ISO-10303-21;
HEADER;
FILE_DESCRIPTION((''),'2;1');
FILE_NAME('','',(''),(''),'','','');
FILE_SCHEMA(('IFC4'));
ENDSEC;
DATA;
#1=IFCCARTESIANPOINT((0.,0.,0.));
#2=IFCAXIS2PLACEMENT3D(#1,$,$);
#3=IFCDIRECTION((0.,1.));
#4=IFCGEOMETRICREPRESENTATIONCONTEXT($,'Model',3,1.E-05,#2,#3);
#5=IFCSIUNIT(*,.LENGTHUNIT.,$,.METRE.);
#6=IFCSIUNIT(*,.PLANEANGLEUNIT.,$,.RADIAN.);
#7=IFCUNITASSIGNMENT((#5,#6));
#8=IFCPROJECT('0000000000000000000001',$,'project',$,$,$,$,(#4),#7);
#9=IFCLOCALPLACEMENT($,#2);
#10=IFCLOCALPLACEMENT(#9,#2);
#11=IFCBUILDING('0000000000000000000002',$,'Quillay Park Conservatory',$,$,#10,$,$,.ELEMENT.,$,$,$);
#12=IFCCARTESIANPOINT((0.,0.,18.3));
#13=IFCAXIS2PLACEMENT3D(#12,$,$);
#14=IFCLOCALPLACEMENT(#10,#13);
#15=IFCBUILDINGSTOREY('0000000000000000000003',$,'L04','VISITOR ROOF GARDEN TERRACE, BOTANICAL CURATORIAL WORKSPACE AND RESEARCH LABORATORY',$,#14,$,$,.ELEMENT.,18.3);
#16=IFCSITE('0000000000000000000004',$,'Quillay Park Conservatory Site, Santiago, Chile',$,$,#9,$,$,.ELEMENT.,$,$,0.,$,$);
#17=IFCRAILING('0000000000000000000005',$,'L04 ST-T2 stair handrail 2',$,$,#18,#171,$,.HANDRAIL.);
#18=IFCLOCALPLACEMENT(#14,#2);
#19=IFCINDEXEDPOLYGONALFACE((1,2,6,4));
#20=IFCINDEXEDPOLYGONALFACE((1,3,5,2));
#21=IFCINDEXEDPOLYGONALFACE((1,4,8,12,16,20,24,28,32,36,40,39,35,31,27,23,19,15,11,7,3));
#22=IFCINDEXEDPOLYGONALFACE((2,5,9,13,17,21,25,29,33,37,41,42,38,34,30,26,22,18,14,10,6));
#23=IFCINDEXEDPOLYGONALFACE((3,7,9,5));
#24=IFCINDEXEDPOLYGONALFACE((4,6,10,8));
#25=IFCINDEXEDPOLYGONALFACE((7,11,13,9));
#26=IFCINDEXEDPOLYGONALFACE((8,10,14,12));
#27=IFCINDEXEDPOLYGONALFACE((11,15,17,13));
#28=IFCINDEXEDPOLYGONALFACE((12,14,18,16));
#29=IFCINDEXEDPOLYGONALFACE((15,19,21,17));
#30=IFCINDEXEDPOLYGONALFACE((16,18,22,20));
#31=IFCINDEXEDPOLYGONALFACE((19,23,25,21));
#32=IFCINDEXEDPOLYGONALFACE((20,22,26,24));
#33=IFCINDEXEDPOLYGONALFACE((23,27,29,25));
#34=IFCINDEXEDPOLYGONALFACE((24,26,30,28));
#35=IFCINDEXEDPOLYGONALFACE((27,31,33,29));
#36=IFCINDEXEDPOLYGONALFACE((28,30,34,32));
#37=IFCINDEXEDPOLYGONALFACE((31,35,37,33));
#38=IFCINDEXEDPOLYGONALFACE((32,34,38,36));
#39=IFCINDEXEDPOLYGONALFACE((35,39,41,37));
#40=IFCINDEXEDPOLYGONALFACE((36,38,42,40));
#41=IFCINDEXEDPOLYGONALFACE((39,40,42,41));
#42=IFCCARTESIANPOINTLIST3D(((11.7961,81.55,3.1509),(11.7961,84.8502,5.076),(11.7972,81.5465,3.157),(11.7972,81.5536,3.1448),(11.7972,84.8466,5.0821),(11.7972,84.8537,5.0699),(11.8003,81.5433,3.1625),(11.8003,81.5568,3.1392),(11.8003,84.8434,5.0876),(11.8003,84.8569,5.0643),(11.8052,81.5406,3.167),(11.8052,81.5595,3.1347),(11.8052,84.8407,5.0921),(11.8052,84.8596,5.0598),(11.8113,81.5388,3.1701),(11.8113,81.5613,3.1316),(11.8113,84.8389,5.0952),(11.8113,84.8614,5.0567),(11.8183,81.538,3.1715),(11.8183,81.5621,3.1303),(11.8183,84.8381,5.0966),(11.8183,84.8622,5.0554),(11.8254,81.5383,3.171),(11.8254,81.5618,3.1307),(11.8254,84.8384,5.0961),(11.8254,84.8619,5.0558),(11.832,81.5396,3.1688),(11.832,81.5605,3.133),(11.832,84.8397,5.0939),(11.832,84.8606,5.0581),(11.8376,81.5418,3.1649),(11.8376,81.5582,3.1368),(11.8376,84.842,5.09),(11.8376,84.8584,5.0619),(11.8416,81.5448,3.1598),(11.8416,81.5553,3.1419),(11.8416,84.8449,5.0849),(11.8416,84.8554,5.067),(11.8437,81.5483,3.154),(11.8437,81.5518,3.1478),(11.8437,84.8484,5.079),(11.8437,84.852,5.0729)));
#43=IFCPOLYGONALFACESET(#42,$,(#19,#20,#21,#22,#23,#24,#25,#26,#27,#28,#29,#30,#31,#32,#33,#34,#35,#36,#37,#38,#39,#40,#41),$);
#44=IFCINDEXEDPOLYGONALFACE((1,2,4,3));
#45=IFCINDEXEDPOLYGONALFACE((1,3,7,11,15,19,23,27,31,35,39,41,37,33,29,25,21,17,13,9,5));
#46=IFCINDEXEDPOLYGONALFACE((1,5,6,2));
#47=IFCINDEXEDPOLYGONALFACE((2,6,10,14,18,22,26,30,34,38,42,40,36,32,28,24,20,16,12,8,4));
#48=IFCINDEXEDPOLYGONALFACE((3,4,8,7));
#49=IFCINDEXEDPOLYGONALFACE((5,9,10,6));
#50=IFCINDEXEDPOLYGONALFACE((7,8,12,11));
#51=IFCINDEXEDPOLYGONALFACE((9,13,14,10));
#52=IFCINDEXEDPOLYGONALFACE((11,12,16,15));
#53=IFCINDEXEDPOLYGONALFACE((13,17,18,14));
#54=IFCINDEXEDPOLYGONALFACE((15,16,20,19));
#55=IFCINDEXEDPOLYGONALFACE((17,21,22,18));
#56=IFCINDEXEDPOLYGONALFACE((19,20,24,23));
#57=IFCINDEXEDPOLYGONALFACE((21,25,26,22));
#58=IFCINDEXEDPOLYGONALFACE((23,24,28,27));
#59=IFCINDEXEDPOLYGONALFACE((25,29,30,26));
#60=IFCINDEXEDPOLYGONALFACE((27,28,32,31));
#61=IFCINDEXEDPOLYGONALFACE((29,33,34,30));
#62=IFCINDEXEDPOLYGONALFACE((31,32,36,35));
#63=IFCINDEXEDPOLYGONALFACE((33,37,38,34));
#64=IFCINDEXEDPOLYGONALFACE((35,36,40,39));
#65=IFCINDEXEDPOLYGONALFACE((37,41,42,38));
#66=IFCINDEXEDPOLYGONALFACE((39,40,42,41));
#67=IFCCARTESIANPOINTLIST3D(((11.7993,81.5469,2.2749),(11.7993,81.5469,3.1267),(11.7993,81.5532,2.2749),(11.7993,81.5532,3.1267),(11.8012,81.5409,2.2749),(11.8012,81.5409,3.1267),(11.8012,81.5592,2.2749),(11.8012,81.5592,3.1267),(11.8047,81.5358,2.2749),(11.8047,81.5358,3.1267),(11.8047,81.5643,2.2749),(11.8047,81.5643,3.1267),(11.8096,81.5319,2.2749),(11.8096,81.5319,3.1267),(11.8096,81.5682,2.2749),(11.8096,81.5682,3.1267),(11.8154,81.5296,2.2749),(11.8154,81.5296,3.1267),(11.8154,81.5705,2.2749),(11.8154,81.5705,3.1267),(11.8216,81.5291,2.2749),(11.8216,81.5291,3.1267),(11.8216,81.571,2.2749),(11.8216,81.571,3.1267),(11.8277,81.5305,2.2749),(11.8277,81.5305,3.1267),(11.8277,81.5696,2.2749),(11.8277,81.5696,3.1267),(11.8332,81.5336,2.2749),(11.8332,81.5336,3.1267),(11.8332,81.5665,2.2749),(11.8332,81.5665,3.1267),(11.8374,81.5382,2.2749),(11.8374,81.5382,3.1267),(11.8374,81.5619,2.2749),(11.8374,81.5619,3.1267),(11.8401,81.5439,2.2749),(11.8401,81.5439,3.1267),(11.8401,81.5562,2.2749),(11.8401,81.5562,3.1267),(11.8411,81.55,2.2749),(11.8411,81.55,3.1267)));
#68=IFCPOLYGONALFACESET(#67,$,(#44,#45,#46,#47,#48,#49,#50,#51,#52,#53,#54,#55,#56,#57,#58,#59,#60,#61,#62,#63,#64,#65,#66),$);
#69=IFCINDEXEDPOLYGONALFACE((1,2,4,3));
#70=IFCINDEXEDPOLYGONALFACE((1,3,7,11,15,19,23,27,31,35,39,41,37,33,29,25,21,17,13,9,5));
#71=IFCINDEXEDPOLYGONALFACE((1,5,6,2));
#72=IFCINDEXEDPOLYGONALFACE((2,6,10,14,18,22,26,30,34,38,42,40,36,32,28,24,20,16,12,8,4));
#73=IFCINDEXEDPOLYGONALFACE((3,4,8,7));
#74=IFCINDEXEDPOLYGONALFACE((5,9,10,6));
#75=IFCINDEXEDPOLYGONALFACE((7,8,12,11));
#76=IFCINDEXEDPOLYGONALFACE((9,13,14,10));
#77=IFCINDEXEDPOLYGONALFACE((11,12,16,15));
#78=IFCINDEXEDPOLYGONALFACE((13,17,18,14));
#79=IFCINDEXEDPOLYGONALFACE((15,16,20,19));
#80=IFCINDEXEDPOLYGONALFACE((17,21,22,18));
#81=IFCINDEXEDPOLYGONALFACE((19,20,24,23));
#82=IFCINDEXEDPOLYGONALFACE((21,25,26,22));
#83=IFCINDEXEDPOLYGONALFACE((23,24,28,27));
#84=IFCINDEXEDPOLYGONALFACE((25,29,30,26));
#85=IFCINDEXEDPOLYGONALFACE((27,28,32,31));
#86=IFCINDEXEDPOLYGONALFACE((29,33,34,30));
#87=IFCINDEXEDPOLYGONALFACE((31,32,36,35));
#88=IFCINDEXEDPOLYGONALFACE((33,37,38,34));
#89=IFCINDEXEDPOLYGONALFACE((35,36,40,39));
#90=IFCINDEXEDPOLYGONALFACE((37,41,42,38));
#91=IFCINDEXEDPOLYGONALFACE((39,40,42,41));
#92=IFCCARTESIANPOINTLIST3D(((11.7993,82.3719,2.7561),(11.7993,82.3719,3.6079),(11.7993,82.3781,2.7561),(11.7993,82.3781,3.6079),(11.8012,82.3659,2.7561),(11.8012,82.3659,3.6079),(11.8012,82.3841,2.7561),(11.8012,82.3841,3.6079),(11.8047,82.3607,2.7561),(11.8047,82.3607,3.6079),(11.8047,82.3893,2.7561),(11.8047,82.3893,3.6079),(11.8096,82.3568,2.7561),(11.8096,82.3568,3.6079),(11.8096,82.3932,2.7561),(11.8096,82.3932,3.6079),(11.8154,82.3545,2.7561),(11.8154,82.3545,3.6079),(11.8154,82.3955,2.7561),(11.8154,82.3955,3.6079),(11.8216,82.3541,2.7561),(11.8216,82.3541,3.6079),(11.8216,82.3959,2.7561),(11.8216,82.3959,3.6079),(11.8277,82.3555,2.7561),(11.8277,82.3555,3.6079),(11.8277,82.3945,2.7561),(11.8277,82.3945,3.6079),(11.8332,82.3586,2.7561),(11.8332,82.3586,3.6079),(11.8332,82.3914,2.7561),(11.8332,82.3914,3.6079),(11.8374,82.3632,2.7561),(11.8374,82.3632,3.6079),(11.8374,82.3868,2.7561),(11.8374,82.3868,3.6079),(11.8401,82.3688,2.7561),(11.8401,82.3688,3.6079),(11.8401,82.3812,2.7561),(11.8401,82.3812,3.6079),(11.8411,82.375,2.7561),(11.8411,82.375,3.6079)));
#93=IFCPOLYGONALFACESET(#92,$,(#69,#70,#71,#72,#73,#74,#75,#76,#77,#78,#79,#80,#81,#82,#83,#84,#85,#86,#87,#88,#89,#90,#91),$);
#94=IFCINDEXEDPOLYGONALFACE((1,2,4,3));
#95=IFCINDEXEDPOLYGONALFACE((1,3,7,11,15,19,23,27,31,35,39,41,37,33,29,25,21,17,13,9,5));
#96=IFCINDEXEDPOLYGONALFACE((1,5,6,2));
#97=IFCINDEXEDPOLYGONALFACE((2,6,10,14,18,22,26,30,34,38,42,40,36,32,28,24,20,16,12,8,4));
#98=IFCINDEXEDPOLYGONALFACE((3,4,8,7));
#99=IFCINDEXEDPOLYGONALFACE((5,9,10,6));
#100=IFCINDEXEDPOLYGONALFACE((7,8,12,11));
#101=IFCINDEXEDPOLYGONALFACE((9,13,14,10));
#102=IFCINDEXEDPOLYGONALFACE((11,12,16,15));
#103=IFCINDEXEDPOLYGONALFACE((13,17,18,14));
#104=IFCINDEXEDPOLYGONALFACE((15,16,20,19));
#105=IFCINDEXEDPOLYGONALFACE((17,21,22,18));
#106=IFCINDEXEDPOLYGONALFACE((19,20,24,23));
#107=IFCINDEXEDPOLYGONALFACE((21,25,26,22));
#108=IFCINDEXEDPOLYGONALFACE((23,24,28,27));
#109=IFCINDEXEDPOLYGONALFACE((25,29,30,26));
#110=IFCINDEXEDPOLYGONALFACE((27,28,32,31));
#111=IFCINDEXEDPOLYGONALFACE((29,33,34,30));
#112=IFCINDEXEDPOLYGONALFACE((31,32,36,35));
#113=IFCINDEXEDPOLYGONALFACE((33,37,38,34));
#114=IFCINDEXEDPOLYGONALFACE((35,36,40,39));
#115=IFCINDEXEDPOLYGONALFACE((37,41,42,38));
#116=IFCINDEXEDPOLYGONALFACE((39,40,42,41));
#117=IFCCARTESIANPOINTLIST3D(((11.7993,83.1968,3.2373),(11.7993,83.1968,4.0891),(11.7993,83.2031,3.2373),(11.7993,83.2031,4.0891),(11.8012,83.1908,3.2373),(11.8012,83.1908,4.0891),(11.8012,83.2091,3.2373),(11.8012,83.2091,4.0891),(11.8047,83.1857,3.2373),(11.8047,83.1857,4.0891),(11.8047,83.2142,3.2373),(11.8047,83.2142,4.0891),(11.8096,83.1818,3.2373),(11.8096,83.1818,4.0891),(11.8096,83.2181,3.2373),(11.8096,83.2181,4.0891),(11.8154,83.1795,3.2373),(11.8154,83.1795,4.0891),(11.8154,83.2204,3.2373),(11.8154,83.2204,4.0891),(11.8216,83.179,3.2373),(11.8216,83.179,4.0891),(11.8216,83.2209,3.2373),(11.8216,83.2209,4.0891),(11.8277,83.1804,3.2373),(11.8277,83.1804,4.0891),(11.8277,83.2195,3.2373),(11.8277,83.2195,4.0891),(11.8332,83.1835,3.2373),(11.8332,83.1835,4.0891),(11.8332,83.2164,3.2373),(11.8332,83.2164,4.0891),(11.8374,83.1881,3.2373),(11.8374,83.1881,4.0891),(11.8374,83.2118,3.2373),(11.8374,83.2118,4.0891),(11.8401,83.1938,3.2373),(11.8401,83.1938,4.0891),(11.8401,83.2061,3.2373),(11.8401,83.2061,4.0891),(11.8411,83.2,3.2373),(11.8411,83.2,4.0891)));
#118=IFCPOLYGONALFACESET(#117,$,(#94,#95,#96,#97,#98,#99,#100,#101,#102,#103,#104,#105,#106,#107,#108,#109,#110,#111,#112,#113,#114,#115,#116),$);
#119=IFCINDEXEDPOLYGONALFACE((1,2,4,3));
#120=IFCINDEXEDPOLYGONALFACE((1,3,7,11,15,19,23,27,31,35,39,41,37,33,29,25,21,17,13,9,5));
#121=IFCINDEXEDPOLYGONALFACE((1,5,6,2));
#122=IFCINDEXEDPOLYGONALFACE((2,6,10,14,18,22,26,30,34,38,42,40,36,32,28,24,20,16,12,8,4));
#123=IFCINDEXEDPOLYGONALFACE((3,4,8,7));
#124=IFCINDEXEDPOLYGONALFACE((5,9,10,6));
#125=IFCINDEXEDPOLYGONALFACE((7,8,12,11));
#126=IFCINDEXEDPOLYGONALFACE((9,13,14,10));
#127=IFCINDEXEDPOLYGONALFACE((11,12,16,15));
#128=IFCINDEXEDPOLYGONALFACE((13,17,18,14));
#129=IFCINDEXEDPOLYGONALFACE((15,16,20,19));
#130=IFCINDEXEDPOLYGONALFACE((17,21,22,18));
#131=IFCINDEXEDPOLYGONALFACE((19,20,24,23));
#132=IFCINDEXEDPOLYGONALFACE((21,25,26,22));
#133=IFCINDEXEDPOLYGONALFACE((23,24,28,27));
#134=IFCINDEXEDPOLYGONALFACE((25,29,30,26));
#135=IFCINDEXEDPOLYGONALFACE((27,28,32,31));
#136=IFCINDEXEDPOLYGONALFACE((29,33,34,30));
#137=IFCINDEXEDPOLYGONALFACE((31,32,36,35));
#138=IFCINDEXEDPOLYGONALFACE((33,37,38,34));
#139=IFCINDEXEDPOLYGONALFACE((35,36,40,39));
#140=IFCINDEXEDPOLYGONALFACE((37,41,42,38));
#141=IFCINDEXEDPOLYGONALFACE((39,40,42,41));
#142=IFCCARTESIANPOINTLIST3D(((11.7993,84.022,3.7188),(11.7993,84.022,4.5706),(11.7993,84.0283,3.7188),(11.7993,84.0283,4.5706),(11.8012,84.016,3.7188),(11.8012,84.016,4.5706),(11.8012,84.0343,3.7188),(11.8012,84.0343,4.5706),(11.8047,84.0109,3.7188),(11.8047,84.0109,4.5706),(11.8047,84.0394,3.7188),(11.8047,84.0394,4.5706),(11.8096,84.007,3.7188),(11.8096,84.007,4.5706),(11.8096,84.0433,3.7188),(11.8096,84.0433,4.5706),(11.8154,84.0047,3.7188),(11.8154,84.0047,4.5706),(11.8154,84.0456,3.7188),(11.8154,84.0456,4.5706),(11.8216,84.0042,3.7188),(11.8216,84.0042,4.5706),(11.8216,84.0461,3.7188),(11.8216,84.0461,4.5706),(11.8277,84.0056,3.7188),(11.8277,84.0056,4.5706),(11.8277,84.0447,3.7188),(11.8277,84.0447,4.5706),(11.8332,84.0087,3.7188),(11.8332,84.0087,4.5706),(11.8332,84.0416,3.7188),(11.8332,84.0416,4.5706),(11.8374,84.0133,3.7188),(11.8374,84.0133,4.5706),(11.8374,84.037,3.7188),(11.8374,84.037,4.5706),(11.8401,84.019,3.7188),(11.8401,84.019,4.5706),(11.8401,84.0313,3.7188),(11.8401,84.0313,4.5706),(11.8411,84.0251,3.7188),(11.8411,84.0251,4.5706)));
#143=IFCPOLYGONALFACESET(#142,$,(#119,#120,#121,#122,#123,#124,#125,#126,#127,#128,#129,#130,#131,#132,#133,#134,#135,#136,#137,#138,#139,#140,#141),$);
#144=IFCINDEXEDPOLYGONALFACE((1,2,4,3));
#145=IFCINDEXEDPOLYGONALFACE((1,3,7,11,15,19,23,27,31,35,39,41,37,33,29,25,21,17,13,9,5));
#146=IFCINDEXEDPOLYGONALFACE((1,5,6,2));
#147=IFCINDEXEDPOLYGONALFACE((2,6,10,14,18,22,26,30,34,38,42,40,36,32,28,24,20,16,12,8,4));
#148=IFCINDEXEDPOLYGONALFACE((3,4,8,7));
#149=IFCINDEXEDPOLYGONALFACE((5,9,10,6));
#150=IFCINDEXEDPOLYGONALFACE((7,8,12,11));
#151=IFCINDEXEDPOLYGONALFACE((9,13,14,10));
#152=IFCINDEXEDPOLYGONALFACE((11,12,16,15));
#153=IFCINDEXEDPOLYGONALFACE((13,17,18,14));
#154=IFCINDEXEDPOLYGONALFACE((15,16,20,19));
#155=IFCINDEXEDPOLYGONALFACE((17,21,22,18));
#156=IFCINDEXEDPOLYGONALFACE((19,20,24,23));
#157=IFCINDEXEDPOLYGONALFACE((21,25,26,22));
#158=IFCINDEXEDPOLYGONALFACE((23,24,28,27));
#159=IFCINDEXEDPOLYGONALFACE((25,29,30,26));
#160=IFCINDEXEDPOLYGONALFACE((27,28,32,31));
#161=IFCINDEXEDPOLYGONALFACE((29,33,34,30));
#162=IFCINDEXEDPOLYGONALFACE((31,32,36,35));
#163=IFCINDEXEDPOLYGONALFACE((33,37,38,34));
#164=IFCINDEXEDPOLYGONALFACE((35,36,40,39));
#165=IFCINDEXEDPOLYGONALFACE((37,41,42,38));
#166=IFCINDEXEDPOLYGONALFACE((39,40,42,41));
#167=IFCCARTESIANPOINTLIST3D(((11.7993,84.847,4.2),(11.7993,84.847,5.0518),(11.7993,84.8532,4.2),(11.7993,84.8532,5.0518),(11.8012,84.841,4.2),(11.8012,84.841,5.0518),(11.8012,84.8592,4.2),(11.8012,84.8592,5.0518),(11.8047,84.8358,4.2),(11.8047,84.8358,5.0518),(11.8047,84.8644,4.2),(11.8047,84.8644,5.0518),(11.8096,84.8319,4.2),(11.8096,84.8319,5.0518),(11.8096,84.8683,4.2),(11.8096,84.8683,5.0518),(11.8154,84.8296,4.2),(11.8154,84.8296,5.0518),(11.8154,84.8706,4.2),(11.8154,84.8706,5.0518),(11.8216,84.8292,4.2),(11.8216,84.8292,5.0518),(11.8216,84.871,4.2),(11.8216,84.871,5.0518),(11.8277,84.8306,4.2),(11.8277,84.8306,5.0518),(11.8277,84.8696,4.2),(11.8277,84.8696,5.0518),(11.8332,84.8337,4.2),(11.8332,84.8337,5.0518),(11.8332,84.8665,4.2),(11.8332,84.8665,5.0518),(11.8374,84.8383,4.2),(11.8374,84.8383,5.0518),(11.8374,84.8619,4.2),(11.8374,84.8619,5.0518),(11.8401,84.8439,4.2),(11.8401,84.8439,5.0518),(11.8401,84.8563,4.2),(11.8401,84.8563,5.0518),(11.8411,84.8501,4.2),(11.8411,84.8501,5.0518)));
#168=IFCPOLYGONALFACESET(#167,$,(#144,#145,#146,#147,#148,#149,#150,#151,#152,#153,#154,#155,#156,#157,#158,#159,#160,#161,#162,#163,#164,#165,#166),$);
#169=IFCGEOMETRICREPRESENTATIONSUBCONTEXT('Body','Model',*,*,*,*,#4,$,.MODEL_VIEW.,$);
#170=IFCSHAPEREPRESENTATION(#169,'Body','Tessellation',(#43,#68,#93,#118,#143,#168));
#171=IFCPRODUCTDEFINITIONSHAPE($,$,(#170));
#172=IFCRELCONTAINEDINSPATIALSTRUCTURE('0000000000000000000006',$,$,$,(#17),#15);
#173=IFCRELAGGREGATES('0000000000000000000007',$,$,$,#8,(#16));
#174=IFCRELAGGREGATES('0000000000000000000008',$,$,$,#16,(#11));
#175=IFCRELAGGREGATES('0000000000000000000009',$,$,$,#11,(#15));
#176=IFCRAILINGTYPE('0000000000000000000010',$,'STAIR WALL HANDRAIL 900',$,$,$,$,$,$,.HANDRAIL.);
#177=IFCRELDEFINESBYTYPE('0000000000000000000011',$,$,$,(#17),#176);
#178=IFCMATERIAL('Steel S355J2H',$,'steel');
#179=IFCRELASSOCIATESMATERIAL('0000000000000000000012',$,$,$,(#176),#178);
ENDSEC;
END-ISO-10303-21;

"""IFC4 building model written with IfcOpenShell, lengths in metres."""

from ifc_helpers import new_model, si_unit, direction, frame, origin, origin_2d, place, context, subcontext, project, spatial, circle, extrude, material, type_object, element, save


model = new_model("IFC4")

# Units and contexts
model_context = context("Model", 3, precision=1e-05, world=origin(), true_north=direction((0.0, 1.0)))
body_context = subcontext(model_context, "Body", "Model", "MODEL_VIEW")
ifc_project = project(units=[si_unit("LENGTHUNIT", "METRE"), si_unit("PLANEANGLEUNIT", "RADIAN")], contexts=[model_context])

# Site, building, storey
site_placement = place(None, origin())
site = spatial("IfcSite", under=ifc_project, at=site_placement, Name="Quillay Park Conservatory Site, Santiago, Chile", CompositionType="ELEMENT", RefElevation=0.0)
building_placement = place(site_placement, origin())
building = spatial("IfcBuilding", under=site, at=building_placement, Name="Quillay Park Conservatory", CompositionType="ELEMENT")
storey_placement = place(building_placement, frame((0.0, 0.0, 18.3)))
storey = spatial("IfcBuildingStorey", under=building, at=storey_placement, Name="L04", Description="VISITOR ROOF GARDEN TERRACE, BOTANICAL CURATORIAL WORKSPACE AND RESEARCH LABORATORY", CompositionType="ELEMENT", Elevation=18.3)

# Railing
ifc_material_1 = material(Name="Steel S355J2H", Category="steel")
railing_type_1 = type_object("IfcRailingType", Name="STAIR WALL HANDRAIL 900", PredefinedType="HANDRAIL", material=ifc_material_1)
railing_1_placement = place(storey_placement, frame((11.8201, 81.55, 2.2749)))
element("IfcRailing", 1, at=railing_1_placement, inside=storey, type_object=railing_type_1, Name="L04 ST-T2 stair handrail 2", PredefinedType="HANDRAIL", context=body_context, shape_type="SweptSolid", body=[
    extrude(circle(Radius=0.0239, at=origin_2d()), frame((0.0, 0.0, 0.876), z_axis=(0.0, 0.863777, 0.503875), x_axis=(-1.0, 0.0, 0.0)), (0.0, 0.0, 1.0), 3.8206),
    extrude(circle(Radius=0.021, at=origin_2d()), origin(), (0.0, 0.0, 1.0), 0.8518),
    extrude(circle(Radius=0.021, at=origin_2d()), frame((0.0, 0.825, 0.4812)), (0.0, 0.0, 1.0), 0.8518),
    extrude(circle(Radius=0.021, at=origin_2d()), frame((0.0, 1.6499, 0.9624)), (0.0, 0.0, 1.0), 0.8518),
    extrude(circle(Radius=0.021, at=origin_2d()), frame((0.0, 2.4751, 1.4438)), (0.0, 0.0, 1.0), 0.8518),
    extrude(circle(Radius=0.021, at=origin_2d()), frame((0.0, 3.3, 1.925)), (0.0, 0.0, 1.0), 0.8518),
])

save(model, "model.ifc")
